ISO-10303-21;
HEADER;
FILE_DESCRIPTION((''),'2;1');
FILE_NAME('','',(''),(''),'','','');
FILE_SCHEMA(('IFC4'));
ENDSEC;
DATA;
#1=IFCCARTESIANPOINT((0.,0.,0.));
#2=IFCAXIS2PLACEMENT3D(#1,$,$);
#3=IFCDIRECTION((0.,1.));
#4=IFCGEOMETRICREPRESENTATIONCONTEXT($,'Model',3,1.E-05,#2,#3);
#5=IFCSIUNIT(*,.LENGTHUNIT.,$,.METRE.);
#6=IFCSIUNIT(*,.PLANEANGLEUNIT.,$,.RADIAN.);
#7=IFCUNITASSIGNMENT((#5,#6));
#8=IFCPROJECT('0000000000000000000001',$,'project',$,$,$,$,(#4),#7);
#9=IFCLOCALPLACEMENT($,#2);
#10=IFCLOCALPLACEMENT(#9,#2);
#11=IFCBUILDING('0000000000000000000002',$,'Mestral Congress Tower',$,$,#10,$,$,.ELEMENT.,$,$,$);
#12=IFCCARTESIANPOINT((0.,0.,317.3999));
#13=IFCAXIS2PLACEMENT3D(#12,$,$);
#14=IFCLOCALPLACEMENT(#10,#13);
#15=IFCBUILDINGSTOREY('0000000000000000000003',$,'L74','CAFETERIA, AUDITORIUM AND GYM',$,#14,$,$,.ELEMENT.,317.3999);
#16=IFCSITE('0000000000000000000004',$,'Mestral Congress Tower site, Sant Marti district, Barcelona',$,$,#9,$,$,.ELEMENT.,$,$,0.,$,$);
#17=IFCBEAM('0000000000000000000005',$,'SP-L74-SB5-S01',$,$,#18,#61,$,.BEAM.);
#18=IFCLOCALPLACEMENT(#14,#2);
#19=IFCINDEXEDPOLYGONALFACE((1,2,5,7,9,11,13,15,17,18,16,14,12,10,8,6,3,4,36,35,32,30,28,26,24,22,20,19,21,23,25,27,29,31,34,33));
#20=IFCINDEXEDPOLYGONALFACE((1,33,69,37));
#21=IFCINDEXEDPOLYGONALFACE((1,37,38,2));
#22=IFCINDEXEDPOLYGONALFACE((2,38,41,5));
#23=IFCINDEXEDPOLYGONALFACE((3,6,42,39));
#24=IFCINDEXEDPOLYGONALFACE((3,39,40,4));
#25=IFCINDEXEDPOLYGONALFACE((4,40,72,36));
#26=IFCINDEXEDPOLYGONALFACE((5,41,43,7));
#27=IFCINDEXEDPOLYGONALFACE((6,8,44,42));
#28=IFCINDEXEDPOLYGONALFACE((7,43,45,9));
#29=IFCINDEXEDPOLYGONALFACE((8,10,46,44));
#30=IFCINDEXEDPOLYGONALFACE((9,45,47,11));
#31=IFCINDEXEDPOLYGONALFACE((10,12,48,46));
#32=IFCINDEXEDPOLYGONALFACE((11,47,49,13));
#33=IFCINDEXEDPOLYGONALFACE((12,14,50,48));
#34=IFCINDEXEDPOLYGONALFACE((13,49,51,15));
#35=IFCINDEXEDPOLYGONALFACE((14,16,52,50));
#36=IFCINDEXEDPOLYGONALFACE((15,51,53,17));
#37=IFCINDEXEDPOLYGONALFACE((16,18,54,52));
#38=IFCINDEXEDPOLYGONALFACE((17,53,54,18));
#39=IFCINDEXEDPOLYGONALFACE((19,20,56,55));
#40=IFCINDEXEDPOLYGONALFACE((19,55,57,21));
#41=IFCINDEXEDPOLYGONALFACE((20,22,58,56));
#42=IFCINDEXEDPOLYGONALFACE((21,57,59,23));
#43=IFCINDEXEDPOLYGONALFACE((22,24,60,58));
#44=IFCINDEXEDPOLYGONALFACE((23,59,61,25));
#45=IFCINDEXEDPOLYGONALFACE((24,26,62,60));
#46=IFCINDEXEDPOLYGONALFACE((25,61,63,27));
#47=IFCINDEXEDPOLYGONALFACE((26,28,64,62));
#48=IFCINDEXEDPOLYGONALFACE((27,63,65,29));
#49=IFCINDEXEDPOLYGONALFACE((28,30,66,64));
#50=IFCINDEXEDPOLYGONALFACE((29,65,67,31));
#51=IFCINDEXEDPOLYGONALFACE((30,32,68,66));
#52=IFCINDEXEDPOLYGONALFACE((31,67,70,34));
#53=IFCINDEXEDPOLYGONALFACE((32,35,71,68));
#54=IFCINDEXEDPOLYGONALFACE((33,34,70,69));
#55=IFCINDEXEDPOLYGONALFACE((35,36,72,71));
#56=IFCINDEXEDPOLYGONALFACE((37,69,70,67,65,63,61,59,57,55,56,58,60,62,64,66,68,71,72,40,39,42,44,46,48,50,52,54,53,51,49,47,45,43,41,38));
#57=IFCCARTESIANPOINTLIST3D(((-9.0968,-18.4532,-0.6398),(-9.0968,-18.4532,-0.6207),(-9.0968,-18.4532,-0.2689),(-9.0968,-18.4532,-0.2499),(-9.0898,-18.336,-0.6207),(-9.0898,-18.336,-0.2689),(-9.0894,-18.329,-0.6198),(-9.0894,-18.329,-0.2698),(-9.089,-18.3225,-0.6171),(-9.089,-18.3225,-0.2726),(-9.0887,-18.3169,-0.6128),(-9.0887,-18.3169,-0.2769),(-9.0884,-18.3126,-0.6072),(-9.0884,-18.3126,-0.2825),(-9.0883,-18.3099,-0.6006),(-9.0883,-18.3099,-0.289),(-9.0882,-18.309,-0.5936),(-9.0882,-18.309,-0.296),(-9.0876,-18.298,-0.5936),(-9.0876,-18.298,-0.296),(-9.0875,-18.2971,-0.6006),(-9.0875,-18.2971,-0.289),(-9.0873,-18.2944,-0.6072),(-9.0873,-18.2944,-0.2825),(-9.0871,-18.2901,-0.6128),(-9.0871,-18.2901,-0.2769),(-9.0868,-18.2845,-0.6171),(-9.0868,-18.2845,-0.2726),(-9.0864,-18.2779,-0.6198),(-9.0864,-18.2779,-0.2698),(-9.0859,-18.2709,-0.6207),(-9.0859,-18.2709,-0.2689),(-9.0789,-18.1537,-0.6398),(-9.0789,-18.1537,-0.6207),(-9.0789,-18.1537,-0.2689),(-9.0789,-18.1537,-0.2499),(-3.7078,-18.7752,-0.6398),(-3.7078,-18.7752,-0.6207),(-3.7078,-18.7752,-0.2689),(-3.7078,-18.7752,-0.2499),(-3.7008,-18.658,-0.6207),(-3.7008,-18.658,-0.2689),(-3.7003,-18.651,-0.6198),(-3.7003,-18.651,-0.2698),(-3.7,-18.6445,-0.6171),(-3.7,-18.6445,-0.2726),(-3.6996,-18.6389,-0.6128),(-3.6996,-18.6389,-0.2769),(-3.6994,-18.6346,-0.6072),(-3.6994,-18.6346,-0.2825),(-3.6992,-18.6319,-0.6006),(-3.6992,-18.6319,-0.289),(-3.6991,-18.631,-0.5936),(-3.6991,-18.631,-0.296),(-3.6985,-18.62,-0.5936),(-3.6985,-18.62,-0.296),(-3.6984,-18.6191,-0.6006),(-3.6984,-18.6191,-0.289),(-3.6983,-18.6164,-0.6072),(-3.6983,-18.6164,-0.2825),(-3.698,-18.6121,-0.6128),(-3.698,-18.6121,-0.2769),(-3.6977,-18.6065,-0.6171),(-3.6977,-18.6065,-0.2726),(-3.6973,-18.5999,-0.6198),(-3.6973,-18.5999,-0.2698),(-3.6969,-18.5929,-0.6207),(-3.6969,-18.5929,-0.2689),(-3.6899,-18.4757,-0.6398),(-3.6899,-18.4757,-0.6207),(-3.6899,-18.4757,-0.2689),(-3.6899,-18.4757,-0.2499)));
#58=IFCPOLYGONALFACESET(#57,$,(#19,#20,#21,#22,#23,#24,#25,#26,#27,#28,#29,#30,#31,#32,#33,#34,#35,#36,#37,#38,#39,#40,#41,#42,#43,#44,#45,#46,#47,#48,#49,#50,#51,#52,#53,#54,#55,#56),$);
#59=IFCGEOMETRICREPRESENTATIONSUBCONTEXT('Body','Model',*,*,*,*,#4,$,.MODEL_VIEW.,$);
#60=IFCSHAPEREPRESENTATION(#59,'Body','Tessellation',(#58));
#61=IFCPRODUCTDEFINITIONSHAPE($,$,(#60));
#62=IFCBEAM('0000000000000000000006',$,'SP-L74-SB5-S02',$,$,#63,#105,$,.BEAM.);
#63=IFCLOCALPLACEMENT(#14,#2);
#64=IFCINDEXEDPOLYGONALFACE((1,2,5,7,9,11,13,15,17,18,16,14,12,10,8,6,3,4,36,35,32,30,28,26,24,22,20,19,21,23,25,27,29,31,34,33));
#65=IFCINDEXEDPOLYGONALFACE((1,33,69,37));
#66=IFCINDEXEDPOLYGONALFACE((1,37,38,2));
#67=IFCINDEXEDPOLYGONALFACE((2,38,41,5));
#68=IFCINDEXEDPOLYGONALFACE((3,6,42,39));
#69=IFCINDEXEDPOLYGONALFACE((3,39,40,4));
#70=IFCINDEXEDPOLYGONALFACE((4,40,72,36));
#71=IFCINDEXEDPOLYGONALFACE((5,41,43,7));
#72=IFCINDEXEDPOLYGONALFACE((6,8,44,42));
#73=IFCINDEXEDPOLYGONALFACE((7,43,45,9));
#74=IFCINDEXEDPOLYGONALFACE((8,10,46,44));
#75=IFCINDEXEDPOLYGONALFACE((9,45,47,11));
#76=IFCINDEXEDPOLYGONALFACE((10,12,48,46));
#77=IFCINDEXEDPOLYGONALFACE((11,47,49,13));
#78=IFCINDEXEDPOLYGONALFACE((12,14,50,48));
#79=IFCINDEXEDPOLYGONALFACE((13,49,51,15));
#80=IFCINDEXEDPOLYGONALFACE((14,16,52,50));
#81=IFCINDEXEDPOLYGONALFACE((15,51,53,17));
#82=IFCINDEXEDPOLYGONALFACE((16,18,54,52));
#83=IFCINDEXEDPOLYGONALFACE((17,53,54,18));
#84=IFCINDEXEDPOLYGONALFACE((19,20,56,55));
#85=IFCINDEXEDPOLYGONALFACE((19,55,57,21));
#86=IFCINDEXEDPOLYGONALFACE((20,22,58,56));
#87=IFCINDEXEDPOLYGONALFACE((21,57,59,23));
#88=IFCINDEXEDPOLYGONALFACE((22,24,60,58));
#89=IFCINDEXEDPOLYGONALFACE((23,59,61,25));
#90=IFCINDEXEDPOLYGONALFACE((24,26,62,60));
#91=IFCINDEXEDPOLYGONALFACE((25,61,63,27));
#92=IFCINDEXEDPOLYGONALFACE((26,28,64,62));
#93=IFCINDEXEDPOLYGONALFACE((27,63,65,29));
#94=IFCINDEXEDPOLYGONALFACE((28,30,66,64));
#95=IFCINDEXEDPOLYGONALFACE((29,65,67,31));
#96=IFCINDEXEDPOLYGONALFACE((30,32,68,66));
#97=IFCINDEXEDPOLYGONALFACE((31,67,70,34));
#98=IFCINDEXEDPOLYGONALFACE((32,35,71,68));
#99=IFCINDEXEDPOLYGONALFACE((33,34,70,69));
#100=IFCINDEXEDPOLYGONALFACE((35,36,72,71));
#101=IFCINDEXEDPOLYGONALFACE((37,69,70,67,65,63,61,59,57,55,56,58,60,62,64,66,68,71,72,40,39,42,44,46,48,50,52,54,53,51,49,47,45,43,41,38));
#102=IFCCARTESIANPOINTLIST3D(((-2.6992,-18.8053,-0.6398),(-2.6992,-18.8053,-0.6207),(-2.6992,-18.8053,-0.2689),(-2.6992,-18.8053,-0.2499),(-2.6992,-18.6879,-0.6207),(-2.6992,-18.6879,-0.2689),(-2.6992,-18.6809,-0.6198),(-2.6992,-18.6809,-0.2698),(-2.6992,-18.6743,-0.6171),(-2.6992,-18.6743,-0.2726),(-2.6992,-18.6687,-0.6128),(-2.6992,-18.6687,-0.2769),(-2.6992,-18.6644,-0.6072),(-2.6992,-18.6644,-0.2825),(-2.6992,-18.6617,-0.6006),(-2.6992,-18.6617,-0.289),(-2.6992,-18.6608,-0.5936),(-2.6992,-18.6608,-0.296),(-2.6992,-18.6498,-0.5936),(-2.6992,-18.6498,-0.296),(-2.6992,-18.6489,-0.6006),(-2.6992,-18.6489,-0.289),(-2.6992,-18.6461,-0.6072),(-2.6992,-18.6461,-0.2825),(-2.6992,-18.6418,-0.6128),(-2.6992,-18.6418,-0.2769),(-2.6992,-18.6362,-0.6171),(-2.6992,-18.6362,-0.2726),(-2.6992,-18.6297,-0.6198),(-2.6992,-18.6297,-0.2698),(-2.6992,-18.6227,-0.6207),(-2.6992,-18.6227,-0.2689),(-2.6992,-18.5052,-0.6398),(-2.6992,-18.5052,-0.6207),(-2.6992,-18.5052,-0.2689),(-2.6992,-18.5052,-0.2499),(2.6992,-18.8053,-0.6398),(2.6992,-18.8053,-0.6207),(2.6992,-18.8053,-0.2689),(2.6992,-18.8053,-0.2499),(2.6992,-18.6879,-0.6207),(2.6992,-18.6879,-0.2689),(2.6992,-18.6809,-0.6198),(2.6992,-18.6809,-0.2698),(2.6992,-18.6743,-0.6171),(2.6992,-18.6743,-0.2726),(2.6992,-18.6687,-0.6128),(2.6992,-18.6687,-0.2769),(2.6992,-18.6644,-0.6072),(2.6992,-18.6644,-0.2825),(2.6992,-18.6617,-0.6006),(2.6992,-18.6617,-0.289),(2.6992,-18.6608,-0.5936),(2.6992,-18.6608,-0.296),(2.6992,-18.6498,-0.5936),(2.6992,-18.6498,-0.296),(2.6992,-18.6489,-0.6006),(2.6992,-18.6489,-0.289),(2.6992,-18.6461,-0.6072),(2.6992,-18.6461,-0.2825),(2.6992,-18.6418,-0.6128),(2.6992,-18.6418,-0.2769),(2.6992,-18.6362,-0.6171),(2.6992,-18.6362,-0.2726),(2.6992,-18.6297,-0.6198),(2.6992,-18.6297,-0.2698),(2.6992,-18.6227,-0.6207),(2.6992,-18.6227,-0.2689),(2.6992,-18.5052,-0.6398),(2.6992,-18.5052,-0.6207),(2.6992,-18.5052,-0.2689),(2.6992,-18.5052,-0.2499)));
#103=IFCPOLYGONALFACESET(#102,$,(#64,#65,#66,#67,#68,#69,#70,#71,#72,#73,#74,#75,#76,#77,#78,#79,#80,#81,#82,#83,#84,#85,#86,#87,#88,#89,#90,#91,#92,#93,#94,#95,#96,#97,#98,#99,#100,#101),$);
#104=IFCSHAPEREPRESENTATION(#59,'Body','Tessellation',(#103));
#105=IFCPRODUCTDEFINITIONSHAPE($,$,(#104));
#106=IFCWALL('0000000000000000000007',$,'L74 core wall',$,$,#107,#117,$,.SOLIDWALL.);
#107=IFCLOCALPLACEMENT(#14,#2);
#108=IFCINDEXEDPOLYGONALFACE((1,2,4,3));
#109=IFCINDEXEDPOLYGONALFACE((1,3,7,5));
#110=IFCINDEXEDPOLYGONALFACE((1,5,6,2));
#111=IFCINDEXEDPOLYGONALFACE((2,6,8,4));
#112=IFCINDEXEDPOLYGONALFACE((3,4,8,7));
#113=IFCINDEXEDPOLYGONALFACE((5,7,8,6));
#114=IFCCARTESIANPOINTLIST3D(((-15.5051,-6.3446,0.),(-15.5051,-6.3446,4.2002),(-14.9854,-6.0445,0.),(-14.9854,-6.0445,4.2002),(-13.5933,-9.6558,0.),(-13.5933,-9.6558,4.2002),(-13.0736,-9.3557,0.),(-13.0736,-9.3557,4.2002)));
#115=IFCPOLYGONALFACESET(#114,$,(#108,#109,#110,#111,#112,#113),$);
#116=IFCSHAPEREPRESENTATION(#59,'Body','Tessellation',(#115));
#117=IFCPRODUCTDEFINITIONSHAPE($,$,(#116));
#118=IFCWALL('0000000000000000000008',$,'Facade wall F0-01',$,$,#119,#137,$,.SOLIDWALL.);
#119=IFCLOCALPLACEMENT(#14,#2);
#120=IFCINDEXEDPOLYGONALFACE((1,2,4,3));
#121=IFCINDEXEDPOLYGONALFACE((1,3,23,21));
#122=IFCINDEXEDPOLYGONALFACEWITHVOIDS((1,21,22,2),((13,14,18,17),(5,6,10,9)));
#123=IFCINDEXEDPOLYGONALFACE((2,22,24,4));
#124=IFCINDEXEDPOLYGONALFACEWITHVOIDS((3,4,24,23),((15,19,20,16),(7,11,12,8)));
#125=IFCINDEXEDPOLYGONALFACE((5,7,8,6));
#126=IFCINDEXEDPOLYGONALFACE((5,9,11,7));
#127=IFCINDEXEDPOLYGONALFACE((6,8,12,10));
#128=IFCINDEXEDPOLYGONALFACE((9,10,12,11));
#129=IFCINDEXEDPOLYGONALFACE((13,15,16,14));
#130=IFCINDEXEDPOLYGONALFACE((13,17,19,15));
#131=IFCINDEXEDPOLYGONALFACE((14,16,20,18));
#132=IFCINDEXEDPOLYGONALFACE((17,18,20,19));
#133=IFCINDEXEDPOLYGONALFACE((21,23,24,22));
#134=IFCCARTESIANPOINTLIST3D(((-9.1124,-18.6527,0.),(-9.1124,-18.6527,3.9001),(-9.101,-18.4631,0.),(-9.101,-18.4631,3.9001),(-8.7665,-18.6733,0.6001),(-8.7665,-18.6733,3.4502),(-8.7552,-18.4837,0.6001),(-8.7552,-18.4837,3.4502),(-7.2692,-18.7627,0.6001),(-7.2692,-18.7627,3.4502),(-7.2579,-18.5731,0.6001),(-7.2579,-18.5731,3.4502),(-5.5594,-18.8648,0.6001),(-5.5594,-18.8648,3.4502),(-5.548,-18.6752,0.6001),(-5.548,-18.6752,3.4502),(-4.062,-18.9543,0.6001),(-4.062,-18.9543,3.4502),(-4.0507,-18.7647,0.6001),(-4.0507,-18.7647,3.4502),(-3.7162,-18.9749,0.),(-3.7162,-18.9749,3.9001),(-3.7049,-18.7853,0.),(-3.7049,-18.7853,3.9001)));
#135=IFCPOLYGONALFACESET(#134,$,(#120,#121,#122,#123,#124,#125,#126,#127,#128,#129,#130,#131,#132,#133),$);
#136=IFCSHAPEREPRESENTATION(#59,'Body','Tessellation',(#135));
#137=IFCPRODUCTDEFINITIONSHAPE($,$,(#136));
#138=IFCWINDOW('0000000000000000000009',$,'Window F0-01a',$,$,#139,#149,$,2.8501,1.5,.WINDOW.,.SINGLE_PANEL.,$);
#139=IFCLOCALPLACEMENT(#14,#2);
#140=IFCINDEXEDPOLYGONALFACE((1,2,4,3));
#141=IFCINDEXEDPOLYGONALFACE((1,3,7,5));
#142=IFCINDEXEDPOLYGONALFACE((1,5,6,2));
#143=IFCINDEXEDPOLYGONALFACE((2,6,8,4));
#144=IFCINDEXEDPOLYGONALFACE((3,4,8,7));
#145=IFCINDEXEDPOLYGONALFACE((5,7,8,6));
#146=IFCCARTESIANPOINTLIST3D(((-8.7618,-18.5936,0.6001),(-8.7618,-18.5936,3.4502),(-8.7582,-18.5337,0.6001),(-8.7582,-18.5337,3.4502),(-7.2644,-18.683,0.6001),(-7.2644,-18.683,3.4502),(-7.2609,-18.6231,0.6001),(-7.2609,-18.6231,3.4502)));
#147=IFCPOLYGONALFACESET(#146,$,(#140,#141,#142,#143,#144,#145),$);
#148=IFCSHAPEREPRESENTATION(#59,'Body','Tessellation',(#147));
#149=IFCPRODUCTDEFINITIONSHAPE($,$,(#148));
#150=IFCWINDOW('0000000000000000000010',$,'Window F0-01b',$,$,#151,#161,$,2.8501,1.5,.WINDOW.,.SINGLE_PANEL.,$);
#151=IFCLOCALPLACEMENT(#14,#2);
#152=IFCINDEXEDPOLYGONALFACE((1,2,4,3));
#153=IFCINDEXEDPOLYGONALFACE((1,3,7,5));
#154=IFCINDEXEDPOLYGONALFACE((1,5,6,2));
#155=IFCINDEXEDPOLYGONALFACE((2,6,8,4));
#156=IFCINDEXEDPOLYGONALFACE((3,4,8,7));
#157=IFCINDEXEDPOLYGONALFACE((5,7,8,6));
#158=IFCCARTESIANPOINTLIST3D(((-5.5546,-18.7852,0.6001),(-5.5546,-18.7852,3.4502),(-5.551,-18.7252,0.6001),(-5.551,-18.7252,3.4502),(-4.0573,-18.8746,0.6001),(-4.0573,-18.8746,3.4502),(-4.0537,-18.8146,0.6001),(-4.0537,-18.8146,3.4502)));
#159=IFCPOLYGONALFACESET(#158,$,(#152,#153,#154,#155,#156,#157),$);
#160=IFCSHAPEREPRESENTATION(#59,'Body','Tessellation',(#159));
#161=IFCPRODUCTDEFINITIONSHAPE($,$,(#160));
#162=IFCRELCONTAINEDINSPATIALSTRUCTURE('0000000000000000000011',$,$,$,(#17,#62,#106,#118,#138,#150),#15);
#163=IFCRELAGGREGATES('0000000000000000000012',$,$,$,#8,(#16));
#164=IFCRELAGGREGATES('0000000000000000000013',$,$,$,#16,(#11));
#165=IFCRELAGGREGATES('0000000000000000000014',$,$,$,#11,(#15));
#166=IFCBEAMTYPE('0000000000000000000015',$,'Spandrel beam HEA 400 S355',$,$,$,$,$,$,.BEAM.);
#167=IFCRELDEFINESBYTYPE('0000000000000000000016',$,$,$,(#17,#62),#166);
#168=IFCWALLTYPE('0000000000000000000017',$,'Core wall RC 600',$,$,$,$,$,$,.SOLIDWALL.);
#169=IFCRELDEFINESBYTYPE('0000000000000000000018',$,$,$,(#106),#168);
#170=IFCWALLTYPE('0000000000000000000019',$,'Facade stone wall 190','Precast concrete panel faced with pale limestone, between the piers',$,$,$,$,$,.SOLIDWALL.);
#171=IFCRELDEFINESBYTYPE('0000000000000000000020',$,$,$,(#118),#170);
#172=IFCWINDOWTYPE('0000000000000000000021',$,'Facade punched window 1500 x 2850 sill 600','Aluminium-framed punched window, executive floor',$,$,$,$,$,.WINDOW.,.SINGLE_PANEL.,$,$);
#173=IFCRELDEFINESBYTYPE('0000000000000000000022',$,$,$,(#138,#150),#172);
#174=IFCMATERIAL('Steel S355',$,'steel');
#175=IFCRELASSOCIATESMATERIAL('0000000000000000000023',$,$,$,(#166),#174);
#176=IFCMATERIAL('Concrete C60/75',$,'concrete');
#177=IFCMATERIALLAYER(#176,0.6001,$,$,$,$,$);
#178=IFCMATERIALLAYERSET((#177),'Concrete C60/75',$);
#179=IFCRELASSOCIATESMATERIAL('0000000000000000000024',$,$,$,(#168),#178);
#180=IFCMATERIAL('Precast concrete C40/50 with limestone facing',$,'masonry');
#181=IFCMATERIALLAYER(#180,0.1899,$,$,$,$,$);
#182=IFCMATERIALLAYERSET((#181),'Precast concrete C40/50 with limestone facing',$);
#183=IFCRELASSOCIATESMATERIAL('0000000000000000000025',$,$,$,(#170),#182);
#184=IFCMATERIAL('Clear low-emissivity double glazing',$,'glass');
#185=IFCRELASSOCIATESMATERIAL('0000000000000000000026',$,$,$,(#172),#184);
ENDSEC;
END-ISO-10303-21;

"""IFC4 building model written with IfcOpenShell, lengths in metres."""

from ifc_helpers import new_model, si_unit, direction, frame, frame_2d, origin, origin_2d, place, context, subcontext, project, spatial, rectangle, i_section, extrude, material, layer, layer_set, material_profile, profile_set, type_object, element, fill, save


model = new_model("IFC4")

# Units and contexts
model_context = context("Model", 3, precision=1e-05, world=origin(), true_north=direction((0.0, 1.0)))
body_context = subcontext(model_context, "Body", "Model", "MODEL_VIEW")
ifc_project = project(units=[si_unit("LENGTHUNIT", "METRE"), si_unit("PLANEANGLEUNIT", "RADIAN")], contexts=[model_context])

# Site, building, storey
site_placement = place(None, origin())
site = spatial("IfcSite", under=ifc_project, at=site_placement, Name="Mestral Congress Tower site, Sant Marti district, Barcelona", CompositionType="ELEMENT", RefElevation=0.0)
building_placement = place(site_placement, origin())
building = spatial("IfcBuilding", under=site, at=building_placement, Name="Mestral Congress Tower", CompositionType="ELEMENT")
storey_placement = place(building_placement, frame((0.0, 0.0, 317.3999)))
storey = spatial("IfcBuildingStorey", under=building, at=storey_placement, Name="L74", Description="CAFETERIA, AUDITORIUM AND GYM", CompositionType="ELEMENT", Elevation=317.3999)

# Shared definitions
ifc_material_1 = material(Name="Concrete C60/75", Category="concrete")

# Beams
ifc_material_2 = material(Name="Steel S355", Category="steel")
ifc_material_profile_1 = material_profile(ifc_material_2, i_section(OverallWidth=0.3, OverallDepth=0.3899, WebThickness=0.011, FlangeThickness=0.019, FilletRadius=0.0271, at=origin_2d()), Name="HEA 400")
ifc_profile_set_1 = profile_set([ifc_material_profile_1], Name="Steel S355")
beam_type_1 = type_object("IfcBeamType", Name="Spandrel beam HEA 400 S355", PredefinedType="BEAM", material=ifc_profile_set_1)
beam_1_placement = place(storey_placement, frame((-9.0879, -18.3035, -0.4448), z_axis=(0.99822, -0.059647, 0.0), x_axis=(0.059647, 0.99822, 0.0)))
element("IfcBeam", 1, at=beam_1_placement, inside=storey, type_object=beam_type_1, Name="SP-L74-SB5-S01", PredefinedType="BEAM", context=body_context, shape_type="SweptSolid", body=[
    extrude(i_section(OverallWidth=0.3, OverallDepth=0.3899, WebThickness=0.011, FlangeThickness=0.019, FilletRadius=0.0271, at=origin_2d()), origin(), (0.0, 0.0, 1.0), 5.3987),
])
beam_2_placement = place(storey_placement, frame((-2.6992, -18.6553, -0.4448), z_axis=(1.0, 0.0, 0.0), x_axis=(0.0, 1.0, 0.0)))
element("IfcBeam", 2, at=beam_2_placement, inside=storey, type_object=beam_type_1, Name="SP-L74-SB5-S02", PredefinedType="BEAM", context=body_context, shape_type="SweptSolid", body=[
    extrude(i_section(OverallWidth=0.3, OverallDepth=0.3899, WebThickness=0.011, FlangeThickness=0.019, FilletRadius=0.0271, at=origin_2d()), origin(), (0.0, 0.0, 1.0), 5.3984),
])

# Wall
ifc_layer_1 = layer(ifc_material_1, 0.6001)
ifc_layer_set_1 = layer_set([ifc_layer_1], Name="Concrete C60/75")
wall_type_1 = type_object("IfcWallType", Name="Core wall RC 600", PredefinedType="SOLIDWALL", material=ifc_layer_set_1)
wall_1_placement = place(storey_placement, frame((-13.3335, -9.5056, 0.0), z_axis=(0.0, 0.0, 1.0), x_axis=(-0.500019, 0.866014, 0.0)))
element("IfcWall", 3, at=wall_1_placement, inside=storey, type_object=wall_type_1, Name="L74 core wall", PredefinedType="SOLIDWALL", context=body_context, shape_type="SweptSolid", body=[
    extrude(rectangle(XDim=3.8235, YDim=0.6001, at=frame_2d((1.9116, 0.0))), origin(), (0.0, 0.0, 1.0), 4.2002),
])

# Wall, openings, windows
ifc_material_3 = material(Name="Precast concrete C40/50 with limestone facing", Category="masonry")
ifc_layer_2 = layer(ifc_material_3, 0.1899)
ifc_layer_set_2 = layer_set([ifc_layer_2], Name="Precast concrete C40/50 with limestone facing")
wall_type_2 = type_object("IfcWallType", Name="Facade stone wall 190", Description="Precast concrete panel faced with pale limestone, between the piers", PredefinedType="SOLIDWALL", material=ifc_layer_set_2)
wall_2_placement = place(storey_placement, frame((-9.1067, -18.5579, 0.0), z_axis=(0.0, 0.0, 1.0), x_axis=(0.998221, -0.059614, 0.0)))
wall_2 = element("IfcWall", 4, at=wall_2_placement, inside=storey, type_object=wall_type_2, Name="Facade wall F0-01", PredefinedType="SOLIDWALL", context=body_context, shape_type="SweptSolid", body=[
    extrude(rectangle(XDim=5.4058, YDim=0.1899, at=frame_2d((2.7029, 0.0))), origin(), (0.0, 0.0, 1.0), 3.9001),
])
opening_1_placement = place(wall_2_placement, frame((0.3464, 0.0, 0.6001)))
opening_1 = element("IfcOpeningElement", 5, at=opening_1_placement, cuts=wall_2, PredefinedType="OPENING", context=body_context, shape_type="SweptSolid", body=[
    extrude(rectangle(XDim=1.5, YDim=2.8501, at=frame_2d((0.75, 1.425))), frame((0.0, 0.105, 0.0), z_axis=(0.0, -1.0, 0.0), x_axis=(1.0, 0.0, 0.0)), (0.0, 0.0, 1.0), 0.21),
])
opening_2_placement = place(wall_2_placement, frame((3.5593, 0.0, 0.6001)))
opening_2 = element("IfcOpeningElement", 6, at=opening_2_placement, cuts=wall_2, PredefinedType="OPENING", context=body_context, shape_type="SweptSolid", body=[
    extrude(rectangle(XDim=1.5, YDim=2.8501, at=frame_2d((0.75, 1.425))), frame((0.0, 0.105, 0.0), z_axis=(0.0, -1.0, 0.0), x_axis=(1.0, 0.0, 0.0)), (0.0, 0.0, 1.0), 0.21),
])
ifc_material_4 = material(Name="Clear low-emissivity double glazing", Category="glass")
window_type = type_object("IfcWindowType", Name="Facade punched window 1500 x 2850 sill 600", Description="Aluminium-framed punched window, executive floor", PartitioningType="SINGLE_PANEL", PredefinedType="WINDOW", material=ifc_material_4)
window_1_placement = place(opening_1_placement, origin())
window_1 = element("IfcWindow", 7, at=window_1_placement, inside=storey, type_object=window_type, Name="Window F0-01a", OverallHeight=2.8501, OverallWidth=1.5, PartitioningType="SINGLE_PANEL", PredefinedType="WINDOW", context=body_context, shape_type="SweptSolid", body=[
    extrude(rectangle(XDim=1.5, YDim=2.8501, at=frame_2d((0.75, 1.425))), frame((0.0, 0.0449, 0.0), z_axis=(0.0, -1.0, 0.0), x_axis=(1.0, 0.0, 0.0)), (0.0, 0.0, 1.0), 0.0601),
])
fill(opening_1, window_1)
window_2_placement = place(opening_2_placement, origin())
window_2 = element("IfcWindow", 8, at=window_2_placement, inside=storey, type_object=window_type, Name="Window F0-01b", OverallHeight=2.8501, OverallWidth=1.5, PartitioningType="SINGLE_PANEL", PredefinedType="WINDOW", context=body_context, shape_type="SweptSolid", body=[
    extrude(rectangle(XDim=1.5, YDim=2.8501, at=frame_2d((0.75, 1.425))), frame((0.0, 0.0449, 0.0), z_axis=(0.0, -1.0, 0.0), x_axis=(1.0, 0.0, 0.0)), (0.0, 0.0, 1.0), 0.0601),
])
fill(opening_2, window_2)

save(model, "model.ifc")
